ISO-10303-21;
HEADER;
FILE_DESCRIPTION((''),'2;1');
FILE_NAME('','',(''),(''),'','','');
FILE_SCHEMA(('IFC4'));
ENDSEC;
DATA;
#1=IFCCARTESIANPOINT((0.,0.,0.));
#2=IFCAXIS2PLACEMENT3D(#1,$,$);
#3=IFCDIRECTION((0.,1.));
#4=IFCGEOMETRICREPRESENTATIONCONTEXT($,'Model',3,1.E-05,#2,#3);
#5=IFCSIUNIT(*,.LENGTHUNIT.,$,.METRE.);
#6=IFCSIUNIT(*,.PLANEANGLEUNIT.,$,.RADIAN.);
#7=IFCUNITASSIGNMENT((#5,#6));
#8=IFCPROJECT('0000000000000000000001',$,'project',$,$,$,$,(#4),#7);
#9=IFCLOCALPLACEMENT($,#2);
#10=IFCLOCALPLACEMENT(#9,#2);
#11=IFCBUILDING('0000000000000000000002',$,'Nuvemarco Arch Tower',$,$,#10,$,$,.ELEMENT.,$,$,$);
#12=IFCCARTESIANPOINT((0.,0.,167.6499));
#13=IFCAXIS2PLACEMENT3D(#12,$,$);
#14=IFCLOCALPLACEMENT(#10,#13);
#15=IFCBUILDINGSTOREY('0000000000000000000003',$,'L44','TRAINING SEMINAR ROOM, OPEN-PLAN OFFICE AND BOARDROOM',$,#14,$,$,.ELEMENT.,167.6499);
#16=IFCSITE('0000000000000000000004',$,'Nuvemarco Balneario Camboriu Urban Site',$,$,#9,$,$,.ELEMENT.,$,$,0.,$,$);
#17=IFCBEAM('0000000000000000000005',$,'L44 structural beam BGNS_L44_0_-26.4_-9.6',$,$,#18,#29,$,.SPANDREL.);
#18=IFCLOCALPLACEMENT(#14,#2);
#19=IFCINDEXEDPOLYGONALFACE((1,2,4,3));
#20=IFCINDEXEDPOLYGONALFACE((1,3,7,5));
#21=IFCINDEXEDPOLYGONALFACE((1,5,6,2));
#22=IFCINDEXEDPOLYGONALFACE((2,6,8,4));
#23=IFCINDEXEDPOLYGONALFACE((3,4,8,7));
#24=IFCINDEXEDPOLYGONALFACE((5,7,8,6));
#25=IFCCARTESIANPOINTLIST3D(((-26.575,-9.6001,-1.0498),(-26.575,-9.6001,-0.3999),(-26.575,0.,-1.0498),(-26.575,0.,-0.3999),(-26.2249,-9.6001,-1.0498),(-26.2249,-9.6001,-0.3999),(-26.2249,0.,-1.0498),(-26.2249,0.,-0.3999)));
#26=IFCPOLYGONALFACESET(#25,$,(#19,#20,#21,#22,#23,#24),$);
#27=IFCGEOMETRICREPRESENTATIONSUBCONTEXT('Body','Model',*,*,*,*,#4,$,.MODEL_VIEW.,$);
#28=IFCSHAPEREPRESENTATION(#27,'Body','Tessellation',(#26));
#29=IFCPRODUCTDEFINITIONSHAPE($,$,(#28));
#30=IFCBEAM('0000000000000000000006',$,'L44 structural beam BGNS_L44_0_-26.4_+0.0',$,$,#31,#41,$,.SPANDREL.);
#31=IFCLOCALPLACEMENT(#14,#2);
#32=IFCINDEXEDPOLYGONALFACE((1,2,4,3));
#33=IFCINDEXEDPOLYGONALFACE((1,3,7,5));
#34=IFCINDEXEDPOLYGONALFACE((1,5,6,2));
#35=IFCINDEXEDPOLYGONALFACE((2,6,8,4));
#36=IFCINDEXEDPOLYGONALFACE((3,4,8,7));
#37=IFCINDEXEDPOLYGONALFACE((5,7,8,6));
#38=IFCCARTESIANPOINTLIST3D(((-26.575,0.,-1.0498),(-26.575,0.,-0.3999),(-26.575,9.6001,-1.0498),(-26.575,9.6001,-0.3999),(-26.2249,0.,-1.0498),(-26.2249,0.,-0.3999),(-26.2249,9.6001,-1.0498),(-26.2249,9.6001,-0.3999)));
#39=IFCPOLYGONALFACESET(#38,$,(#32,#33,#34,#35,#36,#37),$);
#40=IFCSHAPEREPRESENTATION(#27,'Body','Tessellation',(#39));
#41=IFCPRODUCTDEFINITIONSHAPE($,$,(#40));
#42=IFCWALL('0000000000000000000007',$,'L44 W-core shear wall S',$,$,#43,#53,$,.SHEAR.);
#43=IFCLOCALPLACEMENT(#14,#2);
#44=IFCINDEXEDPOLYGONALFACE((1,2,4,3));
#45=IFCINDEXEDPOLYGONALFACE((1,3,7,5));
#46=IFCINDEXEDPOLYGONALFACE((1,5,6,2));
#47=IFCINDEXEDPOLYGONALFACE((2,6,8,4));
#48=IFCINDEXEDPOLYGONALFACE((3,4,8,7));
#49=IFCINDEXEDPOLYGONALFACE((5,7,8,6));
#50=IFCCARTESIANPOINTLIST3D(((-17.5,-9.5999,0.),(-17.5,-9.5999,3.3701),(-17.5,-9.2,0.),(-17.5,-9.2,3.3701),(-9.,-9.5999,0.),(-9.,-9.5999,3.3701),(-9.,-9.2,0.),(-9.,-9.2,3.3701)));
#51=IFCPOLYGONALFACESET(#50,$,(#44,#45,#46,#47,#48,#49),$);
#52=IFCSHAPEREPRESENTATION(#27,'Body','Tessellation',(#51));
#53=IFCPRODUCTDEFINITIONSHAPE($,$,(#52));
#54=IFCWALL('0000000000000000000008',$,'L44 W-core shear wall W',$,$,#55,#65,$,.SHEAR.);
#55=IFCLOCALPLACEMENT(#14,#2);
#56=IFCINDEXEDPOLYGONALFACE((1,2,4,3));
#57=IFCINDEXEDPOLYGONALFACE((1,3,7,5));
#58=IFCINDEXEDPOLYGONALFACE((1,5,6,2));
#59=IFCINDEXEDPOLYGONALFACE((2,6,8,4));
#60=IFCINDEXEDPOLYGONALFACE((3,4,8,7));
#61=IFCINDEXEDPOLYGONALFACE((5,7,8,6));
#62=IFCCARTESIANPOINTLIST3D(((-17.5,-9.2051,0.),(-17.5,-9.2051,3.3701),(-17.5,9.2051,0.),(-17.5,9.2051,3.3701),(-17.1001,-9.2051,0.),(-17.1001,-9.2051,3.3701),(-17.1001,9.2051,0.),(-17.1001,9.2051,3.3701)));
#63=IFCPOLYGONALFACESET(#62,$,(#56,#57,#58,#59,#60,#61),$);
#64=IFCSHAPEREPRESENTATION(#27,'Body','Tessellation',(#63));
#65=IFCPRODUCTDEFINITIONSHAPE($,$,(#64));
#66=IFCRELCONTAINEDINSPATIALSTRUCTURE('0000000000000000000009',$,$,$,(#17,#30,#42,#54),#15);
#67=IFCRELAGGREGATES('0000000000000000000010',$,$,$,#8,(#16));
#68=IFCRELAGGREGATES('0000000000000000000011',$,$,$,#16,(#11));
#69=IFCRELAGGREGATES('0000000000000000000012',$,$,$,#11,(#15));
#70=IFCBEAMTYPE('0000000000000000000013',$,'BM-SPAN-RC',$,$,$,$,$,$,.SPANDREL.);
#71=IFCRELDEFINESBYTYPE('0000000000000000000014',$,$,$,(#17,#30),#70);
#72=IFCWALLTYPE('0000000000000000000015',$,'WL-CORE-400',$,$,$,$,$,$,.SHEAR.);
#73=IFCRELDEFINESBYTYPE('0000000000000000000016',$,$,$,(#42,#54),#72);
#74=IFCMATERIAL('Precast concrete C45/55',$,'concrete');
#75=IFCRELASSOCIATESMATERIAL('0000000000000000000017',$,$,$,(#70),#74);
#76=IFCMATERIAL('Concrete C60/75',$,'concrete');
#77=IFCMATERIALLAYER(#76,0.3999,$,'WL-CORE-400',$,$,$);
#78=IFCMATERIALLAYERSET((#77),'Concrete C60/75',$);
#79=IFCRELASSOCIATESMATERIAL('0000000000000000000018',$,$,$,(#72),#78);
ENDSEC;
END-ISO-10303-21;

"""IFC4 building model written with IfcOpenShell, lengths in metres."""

from ifc_helpers import new_model, si_unit, direction, frame, frame_2d, origin, origin_2d, place, context, subcontext, project, spatial, rectangle, extrude, material, layer, layer_set, material_profile, profile_set, type_object, element, save


model = new_model("IFC4")

# Units and contexts
model_context = context("Model", 3, precision=1e-05, world=origin(), true_north=direction((0.0, 1.0)))
body_context = subcontext(model_context, "Body", "Model", "MODEL_VIEW")
ifc_project = project(units=[si_unit("LENGTHUNIT", "METRE"), si_unit("PLANEANGLEUNIT", "RADIAN")], contexts=[model_context])

# Site, building, storey
site_placement = place(None, origin())
site = spatial("IfcSite", under=ifc_project, at=site_placement, Name="Nuvemarco Balneario Camboriu Urban Site", CompositionType="ELEMENT", RefElevation=0.0)
building_placement = place(site_placement, origin())
building = spatial("IfcBuilding", under=site, at=building_placement, Name="Nuvemarco Arch Tower", CompositionType="ELEMENT")
storey_placement = place(building_placement, frame((0.0, 0.0, 167.6499)))
storey = spatial("IfcBuildingStorey", under=building, at=storey_placement, Name="L44", Description="TRAINING SEMINAR ROOM, OPEN-PLAN OFFICE AND BOARDROOM", CompositionType="ELEMENT", Elevation=167.6499)

# Beams
ifc_material_1 = material(Name="Precast concrete C45/55", Category="concrete")
ifc_material_profile_1 = material_profile(ifc_material_1, rectangle(XDim=0.3501, YDim=0.6499, at=origin_2d()), Name="PC-SP-350x650")
ifc_profile_set_1 = profile_set([ifc_material_profile_1], Name="Precast concrete C45/55")
beam_type_1 = type_object("IfcBeamType", Name="BM-SPAN-RC", PredefinedType="SPANDREL", material=ifc_profile_set_1)
for number, where, z_axis, x_axis, name in (
    (1, (-26.3999, -9.6001, -0.7249), (0.0, 1.0, 0.0), (-1.0, 0.0, 0.0), "L44 structural beam BGNS_L44_0_-26.4_-9.6"),
    (2, (-26.3999, 0.0, -0.7249), (0.0, 1.0, 0.0), (-1.0, 0.0, 0.0), "L44 structural beam BGNS_L44_0_-26.4_+0.0"),
):
    element("IfcBeam", number, at=place(storey_placement, frame(where, z_axis=z_axis, x_axis=x_axis)), inside=storey, type_object=beam_type_1, Name=name, PredefinedType="SPANDREL", context=body_context, shape_type="SweptSolid", body=[
        extrude(rectangle(XDim=0.3501, YDim=0.6499, at=origin_2d()), origin(), (0.0, 0.0, 1.0), 9.6001),
    ])

# Walls
ifc_material_2 = material(Name="Concrete C60/75", Category="concrete")
ifc_layer_1 = layer(ifc_material_2, 0.3999, Name="WL-CORE-400")
ifc_layer_set_1 = layer_set([ifc_layer_1], Name="Concrete C60/75")
wall_type = type_object("IfcWallType", Name="WL-CORE-400", PredefinedType="SHEAR", material=ifc_layer_set_1)
wall_1_placement = place(storey_placement, frame((-17.5, -9.3999, 0.0), z_axis=(0.0, 0.0, 1.0), x_axis=(1.0, 0.0, 0.0)))
element("IfcWall", 3, at=wall_1_placement, inside=storey, type_object=wall_type, Name="L44 W-core shear wall S", PredefinedType="SHEAR", context=body_context, shape_type="SweptSolid", body=[
    extrude(rectangle(XDim=8.5, YDim=0.3999, at=frame_2d((4.25, 0.0))), origin(), (0.0, 0.0, 1.0), 3.3701),
])
wall_2_placement = place(storey_placement, frame((-17.3, -9.2051, 0.0), z_axis=(0.0, 0.0, 1.0), x_axis=(0.0, 1.0, 0.0)))
element("IfcWall", 4, at=wall_2_placement, inside=storey, type_object=wall_type, Name="L44 W-core shear wall W", PredefinedType="SHEAR", context=body_context, shape_type="SweptSolid", body=[
    extrude(rectangle(XDim=18.4102, YDim=0.3999, at=frame_2d((9.2051, 0.0))), origin(), (0.0, 0.0, 1.0), 3.3701),
])

save(model, "model.ifc")
